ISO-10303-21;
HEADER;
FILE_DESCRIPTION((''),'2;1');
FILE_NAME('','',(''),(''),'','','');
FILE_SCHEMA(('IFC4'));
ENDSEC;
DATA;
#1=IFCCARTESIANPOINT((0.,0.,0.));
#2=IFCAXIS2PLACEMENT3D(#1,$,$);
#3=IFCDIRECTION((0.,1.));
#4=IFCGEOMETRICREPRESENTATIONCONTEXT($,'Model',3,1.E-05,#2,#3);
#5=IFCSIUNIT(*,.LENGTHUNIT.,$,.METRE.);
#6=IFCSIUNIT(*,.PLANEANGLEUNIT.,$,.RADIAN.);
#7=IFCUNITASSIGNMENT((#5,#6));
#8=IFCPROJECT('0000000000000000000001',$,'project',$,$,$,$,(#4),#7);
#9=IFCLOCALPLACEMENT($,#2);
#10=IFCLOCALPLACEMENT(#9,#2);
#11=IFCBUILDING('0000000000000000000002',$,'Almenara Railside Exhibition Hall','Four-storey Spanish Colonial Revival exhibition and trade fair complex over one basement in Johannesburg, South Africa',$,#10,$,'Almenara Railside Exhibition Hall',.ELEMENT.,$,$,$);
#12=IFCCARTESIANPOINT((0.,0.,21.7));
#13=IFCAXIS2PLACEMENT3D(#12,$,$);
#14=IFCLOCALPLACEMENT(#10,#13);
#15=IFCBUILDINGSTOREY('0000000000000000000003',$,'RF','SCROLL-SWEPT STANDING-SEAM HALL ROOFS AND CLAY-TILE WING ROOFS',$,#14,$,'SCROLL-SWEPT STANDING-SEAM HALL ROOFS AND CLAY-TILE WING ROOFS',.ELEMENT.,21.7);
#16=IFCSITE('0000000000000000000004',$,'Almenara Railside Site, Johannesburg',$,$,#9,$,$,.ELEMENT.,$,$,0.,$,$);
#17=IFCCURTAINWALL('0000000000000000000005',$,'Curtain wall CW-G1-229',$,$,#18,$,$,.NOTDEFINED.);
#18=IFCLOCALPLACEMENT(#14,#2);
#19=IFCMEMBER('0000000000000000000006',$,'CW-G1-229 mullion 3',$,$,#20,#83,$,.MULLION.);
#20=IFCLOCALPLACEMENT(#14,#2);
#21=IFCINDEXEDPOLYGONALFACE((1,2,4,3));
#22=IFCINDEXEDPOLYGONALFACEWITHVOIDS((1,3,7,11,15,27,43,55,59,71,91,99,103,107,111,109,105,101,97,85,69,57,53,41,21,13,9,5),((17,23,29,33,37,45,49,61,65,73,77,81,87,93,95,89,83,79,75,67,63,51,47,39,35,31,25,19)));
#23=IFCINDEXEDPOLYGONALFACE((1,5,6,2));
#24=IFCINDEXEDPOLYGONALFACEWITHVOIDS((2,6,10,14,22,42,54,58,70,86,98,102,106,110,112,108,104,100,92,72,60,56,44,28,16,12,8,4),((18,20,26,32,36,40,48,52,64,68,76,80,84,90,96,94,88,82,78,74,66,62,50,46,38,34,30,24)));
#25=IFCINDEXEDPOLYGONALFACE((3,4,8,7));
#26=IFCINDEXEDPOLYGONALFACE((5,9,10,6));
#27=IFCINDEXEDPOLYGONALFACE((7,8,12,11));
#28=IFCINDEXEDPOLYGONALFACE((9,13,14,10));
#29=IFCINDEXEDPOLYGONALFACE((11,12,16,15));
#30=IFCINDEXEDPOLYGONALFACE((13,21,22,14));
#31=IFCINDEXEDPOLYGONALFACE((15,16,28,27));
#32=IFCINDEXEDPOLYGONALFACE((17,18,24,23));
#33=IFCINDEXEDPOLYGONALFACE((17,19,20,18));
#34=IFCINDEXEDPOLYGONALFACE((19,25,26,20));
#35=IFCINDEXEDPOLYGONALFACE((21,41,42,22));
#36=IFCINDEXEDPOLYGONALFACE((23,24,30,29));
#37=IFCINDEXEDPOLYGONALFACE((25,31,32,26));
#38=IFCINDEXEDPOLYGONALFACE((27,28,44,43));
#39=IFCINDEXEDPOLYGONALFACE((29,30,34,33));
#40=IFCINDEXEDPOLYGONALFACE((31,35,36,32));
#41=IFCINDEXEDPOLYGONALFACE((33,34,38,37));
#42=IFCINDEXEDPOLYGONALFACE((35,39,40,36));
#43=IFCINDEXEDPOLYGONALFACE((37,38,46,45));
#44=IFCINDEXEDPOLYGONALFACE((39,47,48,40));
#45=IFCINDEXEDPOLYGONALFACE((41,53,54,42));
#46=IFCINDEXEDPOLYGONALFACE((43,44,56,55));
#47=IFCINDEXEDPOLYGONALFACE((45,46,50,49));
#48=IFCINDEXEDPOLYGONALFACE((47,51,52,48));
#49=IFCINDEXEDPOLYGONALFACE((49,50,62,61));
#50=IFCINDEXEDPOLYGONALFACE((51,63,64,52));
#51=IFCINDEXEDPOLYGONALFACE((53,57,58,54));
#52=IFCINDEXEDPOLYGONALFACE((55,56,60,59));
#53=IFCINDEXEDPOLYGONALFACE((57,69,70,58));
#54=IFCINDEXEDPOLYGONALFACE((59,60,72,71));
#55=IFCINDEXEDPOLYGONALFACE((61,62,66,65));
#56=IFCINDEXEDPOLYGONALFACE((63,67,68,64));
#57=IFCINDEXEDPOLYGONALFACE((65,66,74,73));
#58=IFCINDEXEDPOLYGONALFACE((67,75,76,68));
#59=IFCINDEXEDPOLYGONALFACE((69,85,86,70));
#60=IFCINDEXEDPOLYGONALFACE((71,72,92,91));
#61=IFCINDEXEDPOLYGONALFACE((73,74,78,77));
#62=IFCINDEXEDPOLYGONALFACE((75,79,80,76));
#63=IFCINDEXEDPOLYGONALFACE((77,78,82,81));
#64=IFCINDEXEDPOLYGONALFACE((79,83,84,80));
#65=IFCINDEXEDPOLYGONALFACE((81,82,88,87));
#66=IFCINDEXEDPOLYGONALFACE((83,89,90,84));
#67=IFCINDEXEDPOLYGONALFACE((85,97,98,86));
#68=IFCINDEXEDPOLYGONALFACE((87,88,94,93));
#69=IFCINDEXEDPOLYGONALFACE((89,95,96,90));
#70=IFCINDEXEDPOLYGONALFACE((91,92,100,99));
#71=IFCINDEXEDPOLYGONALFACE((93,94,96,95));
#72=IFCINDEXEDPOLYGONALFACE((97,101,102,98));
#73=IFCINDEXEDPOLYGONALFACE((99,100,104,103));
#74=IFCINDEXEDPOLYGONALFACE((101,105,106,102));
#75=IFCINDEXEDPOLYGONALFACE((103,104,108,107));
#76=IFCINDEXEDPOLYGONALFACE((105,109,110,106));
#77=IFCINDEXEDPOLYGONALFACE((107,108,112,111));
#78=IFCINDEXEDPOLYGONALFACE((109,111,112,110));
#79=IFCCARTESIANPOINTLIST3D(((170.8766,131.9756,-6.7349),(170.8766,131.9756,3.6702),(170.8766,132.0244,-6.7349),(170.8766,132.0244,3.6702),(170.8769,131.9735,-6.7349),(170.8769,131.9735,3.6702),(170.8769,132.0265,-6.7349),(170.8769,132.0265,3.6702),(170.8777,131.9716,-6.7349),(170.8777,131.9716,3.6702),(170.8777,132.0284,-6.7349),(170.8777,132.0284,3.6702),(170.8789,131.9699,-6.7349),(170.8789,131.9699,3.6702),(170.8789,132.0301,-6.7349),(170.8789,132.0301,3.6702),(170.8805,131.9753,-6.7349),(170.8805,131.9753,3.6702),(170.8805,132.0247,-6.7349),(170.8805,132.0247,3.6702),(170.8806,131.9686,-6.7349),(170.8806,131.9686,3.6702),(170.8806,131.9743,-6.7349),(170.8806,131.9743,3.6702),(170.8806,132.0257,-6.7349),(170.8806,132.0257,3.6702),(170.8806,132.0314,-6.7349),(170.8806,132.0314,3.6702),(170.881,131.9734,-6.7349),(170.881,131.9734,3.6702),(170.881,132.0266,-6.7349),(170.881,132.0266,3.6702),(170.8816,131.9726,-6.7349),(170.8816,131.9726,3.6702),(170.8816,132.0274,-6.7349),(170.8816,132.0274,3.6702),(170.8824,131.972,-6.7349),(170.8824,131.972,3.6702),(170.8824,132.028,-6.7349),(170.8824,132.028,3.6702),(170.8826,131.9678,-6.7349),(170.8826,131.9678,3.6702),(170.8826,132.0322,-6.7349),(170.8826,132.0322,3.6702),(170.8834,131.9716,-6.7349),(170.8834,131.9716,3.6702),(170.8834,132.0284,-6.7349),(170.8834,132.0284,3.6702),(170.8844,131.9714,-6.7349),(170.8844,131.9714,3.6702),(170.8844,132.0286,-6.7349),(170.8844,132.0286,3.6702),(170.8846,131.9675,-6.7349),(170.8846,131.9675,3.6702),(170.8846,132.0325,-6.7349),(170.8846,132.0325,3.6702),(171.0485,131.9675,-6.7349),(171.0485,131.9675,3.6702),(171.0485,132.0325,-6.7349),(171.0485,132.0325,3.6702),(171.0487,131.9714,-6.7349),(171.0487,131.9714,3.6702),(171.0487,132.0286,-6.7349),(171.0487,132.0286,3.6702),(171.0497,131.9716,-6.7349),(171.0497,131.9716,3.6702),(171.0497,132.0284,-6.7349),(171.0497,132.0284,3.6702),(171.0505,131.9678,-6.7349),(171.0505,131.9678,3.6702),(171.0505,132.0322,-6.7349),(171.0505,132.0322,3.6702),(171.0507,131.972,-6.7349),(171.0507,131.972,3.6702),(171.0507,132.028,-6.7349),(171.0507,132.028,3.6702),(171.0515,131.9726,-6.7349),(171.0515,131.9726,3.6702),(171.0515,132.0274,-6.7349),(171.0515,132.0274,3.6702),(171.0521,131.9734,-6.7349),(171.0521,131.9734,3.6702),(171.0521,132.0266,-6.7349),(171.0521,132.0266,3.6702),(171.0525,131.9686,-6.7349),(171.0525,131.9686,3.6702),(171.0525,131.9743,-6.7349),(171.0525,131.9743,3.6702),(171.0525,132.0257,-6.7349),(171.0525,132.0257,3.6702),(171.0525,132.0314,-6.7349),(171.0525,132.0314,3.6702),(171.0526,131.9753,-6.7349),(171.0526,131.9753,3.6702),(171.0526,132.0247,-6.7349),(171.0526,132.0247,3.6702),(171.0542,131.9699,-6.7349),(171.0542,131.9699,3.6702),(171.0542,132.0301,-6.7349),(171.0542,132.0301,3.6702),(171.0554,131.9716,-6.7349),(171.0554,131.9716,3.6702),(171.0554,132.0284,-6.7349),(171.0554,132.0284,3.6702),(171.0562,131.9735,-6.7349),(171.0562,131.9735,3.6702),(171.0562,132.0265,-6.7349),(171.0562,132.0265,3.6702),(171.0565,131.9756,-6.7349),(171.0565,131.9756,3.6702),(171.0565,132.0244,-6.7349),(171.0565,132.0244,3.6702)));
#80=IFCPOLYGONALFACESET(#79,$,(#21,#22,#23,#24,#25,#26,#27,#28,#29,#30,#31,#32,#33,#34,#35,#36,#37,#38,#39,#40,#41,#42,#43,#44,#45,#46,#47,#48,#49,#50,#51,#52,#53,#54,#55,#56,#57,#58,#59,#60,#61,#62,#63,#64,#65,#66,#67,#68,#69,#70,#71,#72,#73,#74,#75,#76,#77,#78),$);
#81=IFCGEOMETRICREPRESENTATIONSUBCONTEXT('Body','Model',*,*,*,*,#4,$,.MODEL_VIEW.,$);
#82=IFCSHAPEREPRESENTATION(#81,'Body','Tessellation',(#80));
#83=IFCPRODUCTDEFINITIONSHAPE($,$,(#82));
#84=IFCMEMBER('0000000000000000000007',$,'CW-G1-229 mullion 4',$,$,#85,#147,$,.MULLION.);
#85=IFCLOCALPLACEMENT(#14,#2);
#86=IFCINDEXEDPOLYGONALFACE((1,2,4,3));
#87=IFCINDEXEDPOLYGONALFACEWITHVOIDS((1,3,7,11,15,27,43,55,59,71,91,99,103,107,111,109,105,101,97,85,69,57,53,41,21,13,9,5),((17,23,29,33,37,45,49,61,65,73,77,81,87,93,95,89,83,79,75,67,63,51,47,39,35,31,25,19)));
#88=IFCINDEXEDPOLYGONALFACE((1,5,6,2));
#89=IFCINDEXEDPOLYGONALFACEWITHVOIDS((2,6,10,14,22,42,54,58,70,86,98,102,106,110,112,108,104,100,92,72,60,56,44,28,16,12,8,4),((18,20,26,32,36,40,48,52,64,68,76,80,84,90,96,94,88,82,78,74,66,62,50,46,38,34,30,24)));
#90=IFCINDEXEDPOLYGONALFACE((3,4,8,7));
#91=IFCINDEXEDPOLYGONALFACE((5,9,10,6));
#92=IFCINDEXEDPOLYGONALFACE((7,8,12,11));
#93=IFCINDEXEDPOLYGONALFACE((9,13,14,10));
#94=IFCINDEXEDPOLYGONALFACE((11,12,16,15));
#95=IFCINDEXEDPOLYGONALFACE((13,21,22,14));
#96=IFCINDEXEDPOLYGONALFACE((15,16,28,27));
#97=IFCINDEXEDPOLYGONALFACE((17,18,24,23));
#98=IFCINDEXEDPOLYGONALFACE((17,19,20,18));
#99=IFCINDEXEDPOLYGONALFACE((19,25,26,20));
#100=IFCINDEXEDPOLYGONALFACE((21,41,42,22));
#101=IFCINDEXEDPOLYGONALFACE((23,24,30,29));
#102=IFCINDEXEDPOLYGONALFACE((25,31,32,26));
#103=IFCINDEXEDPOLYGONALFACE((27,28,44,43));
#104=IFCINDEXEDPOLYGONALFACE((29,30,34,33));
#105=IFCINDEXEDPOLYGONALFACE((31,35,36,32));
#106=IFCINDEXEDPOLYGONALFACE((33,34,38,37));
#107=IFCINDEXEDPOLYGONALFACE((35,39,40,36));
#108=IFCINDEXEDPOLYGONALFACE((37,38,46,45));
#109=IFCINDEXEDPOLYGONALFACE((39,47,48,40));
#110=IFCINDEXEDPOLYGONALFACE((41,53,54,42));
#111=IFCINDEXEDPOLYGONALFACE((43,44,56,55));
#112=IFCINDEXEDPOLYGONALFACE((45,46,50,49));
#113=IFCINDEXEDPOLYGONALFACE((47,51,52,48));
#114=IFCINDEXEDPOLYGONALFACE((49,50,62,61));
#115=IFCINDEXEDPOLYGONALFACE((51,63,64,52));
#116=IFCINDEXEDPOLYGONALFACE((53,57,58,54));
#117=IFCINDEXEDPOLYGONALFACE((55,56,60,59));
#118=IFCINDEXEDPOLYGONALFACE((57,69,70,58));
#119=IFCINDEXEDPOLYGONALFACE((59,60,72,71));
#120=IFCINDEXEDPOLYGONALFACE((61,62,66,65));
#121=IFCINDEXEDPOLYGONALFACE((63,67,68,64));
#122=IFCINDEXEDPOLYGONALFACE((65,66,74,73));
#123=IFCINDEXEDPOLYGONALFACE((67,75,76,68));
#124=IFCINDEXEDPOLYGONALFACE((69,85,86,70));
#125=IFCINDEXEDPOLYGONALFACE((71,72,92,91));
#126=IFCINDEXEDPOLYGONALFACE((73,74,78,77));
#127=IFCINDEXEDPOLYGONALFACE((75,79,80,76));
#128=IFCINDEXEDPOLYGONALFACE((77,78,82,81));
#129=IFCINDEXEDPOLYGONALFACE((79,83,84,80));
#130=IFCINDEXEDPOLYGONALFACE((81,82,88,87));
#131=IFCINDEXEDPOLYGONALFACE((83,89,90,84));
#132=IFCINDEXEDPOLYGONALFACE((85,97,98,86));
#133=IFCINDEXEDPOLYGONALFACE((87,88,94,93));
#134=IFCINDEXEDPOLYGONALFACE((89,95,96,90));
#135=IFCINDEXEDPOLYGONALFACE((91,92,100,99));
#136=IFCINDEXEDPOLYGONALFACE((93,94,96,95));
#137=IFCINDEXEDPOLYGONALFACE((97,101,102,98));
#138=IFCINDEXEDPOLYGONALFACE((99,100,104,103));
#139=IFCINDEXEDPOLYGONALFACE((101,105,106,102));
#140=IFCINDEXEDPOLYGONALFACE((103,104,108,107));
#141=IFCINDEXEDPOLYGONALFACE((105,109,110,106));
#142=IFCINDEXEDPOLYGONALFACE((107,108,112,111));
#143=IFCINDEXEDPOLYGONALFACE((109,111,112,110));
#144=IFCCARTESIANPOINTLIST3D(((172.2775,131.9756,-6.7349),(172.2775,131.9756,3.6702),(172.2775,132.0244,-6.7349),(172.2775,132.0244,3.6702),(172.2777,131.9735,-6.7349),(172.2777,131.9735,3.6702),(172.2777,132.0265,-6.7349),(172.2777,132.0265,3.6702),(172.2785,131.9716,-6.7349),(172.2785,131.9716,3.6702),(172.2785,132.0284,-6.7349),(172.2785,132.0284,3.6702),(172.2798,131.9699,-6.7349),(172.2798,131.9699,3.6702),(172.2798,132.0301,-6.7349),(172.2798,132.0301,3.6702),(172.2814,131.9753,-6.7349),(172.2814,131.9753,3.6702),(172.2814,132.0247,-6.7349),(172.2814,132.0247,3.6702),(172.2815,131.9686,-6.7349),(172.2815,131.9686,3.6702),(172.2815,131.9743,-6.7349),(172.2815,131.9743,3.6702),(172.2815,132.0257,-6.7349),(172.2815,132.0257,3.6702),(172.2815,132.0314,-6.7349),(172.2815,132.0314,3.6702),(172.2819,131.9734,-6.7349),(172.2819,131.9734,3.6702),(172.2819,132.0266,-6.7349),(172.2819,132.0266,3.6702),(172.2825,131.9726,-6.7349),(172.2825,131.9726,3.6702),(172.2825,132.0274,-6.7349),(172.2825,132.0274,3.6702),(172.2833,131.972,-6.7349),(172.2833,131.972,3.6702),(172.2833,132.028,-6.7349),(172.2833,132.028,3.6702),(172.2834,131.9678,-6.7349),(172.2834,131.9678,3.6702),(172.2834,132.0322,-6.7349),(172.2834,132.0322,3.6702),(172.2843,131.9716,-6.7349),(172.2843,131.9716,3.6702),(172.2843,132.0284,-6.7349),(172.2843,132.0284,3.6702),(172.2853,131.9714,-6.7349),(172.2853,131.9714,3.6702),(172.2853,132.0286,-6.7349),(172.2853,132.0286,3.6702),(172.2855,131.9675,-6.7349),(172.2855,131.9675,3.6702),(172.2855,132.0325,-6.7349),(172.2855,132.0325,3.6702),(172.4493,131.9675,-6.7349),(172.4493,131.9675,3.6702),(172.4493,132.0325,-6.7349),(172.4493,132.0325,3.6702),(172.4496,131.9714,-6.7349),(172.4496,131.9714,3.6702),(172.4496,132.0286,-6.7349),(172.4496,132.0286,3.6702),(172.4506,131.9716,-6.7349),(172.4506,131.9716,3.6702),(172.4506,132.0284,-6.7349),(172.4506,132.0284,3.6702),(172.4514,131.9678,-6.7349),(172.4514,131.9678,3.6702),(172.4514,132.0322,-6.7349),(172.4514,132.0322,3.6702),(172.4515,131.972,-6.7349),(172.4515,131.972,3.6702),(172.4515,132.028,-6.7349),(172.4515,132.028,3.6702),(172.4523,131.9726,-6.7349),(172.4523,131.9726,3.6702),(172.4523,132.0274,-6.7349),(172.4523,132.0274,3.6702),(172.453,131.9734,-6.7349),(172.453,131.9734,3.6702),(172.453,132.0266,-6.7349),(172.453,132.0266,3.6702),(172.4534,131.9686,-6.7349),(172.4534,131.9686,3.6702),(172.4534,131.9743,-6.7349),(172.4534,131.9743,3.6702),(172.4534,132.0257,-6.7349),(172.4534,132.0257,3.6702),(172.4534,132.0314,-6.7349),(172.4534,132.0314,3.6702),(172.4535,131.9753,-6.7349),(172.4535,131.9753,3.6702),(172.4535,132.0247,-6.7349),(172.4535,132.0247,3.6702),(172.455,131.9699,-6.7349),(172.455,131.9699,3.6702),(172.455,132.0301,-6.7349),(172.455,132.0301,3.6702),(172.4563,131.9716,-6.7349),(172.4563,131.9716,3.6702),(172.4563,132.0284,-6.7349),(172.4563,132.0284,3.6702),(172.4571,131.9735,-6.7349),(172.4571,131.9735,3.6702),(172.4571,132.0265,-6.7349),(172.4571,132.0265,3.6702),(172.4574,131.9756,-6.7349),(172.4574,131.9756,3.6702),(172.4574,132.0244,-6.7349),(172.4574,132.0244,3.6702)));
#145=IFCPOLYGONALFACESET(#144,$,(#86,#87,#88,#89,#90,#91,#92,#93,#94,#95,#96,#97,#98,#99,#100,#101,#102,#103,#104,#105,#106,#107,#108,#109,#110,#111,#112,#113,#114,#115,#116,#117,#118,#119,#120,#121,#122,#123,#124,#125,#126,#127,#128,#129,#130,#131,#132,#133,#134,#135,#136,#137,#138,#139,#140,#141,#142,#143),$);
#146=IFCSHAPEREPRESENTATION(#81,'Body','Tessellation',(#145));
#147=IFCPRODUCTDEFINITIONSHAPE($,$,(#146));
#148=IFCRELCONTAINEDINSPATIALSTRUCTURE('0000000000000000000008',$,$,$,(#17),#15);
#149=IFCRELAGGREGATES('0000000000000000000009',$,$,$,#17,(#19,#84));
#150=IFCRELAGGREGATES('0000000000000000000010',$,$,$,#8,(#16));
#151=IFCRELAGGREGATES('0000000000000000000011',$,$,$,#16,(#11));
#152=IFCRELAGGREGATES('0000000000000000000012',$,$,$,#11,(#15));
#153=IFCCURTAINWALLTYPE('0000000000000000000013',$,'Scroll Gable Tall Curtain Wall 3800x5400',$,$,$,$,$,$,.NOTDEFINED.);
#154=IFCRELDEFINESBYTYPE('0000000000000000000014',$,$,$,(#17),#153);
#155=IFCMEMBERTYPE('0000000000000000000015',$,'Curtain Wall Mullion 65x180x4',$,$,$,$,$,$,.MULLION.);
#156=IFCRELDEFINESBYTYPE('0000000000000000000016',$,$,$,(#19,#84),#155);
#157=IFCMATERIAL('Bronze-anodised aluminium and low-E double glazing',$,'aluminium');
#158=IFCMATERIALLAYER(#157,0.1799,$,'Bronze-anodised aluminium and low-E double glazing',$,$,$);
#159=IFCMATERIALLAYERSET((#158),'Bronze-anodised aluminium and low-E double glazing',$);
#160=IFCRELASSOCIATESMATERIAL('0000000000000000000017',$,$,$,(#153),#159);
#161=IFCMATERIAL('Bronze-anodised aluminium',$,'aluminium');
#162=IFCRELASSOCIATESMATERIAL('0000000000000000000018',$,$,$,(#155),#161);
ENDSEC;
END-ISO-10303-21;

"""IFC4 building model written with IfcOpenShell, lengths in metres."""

from ifc_helpers import new_model, si_unit, direction, frame, origin, origin_2d, place, context, subcontext, project, spatial, hollow_rectangle, extrude, material, layer, layer_set, material_profile, profile_set, type_object, element, aggregate, save


model = new_model("IFC4")

# Units and contexts
model_context = context("Model", 3, precision=1e-05, world=origin(), true_north=direction((0.0, 1.0)))
body_context = subcontext(model_context, "Body", "Model", "MODEL_VIEW")
ifc_project = project(units=[si_unit("LENGTHUNIT", "METRE"), si_unit("PLANEANGLEUNIT", "RADIAN")], contexts=[model_context])

# Site, building, storey
site_placement = place(None, origin())
site = spatial("IfcSite", under=ifc_project, at=site_placement, Name="Almenara Railside Site, Johannesburg", CompositionType="ELEMENT", RefElevation=0.0)
building_placement = place(site_placement, origin())
building = spatial("IfcBuilding", under=site, at=building_placement, Name="Almenara Railside Exhibition Hall", Description="Four-storey Spanish Colonial Revival exhibition and trade fair complex over one basement in Johannesburg, South Africa", LongName="Almenara Railside Exhibition Hall", CompositionType="ELEMENT")
storey_placement = place(building_placement, frame((0.0, 0.0, 21.7)))
storey = spatial("IfcBuildingStorey", under=building, at=storey_placement, Name="RF", Description="SCROLL-SWEPT STANDING-SEAM HALL ROOFS AND CLAY-TILE WING ROOFS", LongName="SCROLL-SWEPT STANDING-SEAM HALL ROOFS AND CLAY-TILE WING ROOFS", CompositionType="ELEMENT", Elevation=21.7)

# Curtain wall, members
ifc_material_1 = material(Name="Bronze-anodised aluminium and low-E double glazing", Category="aluminium")
ifc_layer_1 = layer(ifc_material_1, 0.1799, Name="Bronze-anodised aluminium and low-E double glazing")
ifc_layer_set_1 = layer_set([ifc_layer_1], Name="Bronze-anodised aluminium and low-E double glazing")
curtain_wall_type = type_object("IfcCurtainWallType", Name="Scroll Gable Tall Curtain Wall 3800x5400", PredefinedType="NOTDEFINED", material=ifc_layer_set_1)
ifc_material_2 = material(Name="Bronze-anodised aluminium", Category="aluminium")
curtain_wall_1_placement = place(storey_placement, origin())
curtain_wall_1 = element("IfcCurtainWall", 1, at=curtain_wall_1_placement, inside=storey, type_object=curtain_wall_type, Name="Curtain wall CW-G1-229", PredefinedType="NOTDEFINED")
ifc_material_profile_1 = material_profile(ifc_material_2, hollow_rectangle(XDim=0.0649, YDim=0.1799, WallThickness=0.0039, InnerFilletRadius=0.0039, OuterFilletRadius=0.0081, at=origin_2d()), Name="ALU-MUL 65x180x4")
ifc_profile_set_1 = profile_set([ifc_material_profile_1], Name="Bronze-anodised aluminium")
member_type_1 = type_object("IfcMemberType", Name="Curtain Wall Mullion 65x180x4", PredefinedType="MULLION", material=ifc_profile_set_1)
member_1_placement = place(storey_placement, frame((170.9666, 132.0, -6.7349), z_axis=(0.0, 0.0, 1.0), x_axis=(0.0, 1.0, 0.0)))
member_1 = element("IfcMember", 2, at=member_1_placement, type_object=member_type_1, Name="CW-G1-229 mullion 3", PredefinedType="MULLION", context=body_context, shape_type="SweptSolid", body=[
    extrude(hollow_rectangle(XDim=0.0649, YDim=0.1799, WallThickness=0.0039, InnerFilletRadius=0.0039, OuterFilletRadius=0.0081, at=origin_2d()), origin(), (0.0, 0.0, 1.0), 10.405),
])
member_2_placement = place(storey_placement, frame((172.3674, 132.0, -6.7349), z_axis=(0.0, 0.0, 1.0), x_axis=(0.0, 1.0, 0.0)))
member_2 = element("IfcMember", 3, at=member_2_placement, type_object=member_type_1, Name="CW-G1-229 mullion 4", PredefinedType="MULLION", context=body_context, shape_type="SweptSolid", body=[
    extrude(hollow_rectangle(XDim=0.0649, YDim=0.1799, WallThickness=0.0039, InnerFilletRadius=0.0039, OuterFilletRadius=0.0081, at=origin_2d()), origin(), (0.0, 0.0, 1.0), 10.405),
])

aggregate(curtain_wall_1, [member_1, member_2])

save(model, "model.ifc")
